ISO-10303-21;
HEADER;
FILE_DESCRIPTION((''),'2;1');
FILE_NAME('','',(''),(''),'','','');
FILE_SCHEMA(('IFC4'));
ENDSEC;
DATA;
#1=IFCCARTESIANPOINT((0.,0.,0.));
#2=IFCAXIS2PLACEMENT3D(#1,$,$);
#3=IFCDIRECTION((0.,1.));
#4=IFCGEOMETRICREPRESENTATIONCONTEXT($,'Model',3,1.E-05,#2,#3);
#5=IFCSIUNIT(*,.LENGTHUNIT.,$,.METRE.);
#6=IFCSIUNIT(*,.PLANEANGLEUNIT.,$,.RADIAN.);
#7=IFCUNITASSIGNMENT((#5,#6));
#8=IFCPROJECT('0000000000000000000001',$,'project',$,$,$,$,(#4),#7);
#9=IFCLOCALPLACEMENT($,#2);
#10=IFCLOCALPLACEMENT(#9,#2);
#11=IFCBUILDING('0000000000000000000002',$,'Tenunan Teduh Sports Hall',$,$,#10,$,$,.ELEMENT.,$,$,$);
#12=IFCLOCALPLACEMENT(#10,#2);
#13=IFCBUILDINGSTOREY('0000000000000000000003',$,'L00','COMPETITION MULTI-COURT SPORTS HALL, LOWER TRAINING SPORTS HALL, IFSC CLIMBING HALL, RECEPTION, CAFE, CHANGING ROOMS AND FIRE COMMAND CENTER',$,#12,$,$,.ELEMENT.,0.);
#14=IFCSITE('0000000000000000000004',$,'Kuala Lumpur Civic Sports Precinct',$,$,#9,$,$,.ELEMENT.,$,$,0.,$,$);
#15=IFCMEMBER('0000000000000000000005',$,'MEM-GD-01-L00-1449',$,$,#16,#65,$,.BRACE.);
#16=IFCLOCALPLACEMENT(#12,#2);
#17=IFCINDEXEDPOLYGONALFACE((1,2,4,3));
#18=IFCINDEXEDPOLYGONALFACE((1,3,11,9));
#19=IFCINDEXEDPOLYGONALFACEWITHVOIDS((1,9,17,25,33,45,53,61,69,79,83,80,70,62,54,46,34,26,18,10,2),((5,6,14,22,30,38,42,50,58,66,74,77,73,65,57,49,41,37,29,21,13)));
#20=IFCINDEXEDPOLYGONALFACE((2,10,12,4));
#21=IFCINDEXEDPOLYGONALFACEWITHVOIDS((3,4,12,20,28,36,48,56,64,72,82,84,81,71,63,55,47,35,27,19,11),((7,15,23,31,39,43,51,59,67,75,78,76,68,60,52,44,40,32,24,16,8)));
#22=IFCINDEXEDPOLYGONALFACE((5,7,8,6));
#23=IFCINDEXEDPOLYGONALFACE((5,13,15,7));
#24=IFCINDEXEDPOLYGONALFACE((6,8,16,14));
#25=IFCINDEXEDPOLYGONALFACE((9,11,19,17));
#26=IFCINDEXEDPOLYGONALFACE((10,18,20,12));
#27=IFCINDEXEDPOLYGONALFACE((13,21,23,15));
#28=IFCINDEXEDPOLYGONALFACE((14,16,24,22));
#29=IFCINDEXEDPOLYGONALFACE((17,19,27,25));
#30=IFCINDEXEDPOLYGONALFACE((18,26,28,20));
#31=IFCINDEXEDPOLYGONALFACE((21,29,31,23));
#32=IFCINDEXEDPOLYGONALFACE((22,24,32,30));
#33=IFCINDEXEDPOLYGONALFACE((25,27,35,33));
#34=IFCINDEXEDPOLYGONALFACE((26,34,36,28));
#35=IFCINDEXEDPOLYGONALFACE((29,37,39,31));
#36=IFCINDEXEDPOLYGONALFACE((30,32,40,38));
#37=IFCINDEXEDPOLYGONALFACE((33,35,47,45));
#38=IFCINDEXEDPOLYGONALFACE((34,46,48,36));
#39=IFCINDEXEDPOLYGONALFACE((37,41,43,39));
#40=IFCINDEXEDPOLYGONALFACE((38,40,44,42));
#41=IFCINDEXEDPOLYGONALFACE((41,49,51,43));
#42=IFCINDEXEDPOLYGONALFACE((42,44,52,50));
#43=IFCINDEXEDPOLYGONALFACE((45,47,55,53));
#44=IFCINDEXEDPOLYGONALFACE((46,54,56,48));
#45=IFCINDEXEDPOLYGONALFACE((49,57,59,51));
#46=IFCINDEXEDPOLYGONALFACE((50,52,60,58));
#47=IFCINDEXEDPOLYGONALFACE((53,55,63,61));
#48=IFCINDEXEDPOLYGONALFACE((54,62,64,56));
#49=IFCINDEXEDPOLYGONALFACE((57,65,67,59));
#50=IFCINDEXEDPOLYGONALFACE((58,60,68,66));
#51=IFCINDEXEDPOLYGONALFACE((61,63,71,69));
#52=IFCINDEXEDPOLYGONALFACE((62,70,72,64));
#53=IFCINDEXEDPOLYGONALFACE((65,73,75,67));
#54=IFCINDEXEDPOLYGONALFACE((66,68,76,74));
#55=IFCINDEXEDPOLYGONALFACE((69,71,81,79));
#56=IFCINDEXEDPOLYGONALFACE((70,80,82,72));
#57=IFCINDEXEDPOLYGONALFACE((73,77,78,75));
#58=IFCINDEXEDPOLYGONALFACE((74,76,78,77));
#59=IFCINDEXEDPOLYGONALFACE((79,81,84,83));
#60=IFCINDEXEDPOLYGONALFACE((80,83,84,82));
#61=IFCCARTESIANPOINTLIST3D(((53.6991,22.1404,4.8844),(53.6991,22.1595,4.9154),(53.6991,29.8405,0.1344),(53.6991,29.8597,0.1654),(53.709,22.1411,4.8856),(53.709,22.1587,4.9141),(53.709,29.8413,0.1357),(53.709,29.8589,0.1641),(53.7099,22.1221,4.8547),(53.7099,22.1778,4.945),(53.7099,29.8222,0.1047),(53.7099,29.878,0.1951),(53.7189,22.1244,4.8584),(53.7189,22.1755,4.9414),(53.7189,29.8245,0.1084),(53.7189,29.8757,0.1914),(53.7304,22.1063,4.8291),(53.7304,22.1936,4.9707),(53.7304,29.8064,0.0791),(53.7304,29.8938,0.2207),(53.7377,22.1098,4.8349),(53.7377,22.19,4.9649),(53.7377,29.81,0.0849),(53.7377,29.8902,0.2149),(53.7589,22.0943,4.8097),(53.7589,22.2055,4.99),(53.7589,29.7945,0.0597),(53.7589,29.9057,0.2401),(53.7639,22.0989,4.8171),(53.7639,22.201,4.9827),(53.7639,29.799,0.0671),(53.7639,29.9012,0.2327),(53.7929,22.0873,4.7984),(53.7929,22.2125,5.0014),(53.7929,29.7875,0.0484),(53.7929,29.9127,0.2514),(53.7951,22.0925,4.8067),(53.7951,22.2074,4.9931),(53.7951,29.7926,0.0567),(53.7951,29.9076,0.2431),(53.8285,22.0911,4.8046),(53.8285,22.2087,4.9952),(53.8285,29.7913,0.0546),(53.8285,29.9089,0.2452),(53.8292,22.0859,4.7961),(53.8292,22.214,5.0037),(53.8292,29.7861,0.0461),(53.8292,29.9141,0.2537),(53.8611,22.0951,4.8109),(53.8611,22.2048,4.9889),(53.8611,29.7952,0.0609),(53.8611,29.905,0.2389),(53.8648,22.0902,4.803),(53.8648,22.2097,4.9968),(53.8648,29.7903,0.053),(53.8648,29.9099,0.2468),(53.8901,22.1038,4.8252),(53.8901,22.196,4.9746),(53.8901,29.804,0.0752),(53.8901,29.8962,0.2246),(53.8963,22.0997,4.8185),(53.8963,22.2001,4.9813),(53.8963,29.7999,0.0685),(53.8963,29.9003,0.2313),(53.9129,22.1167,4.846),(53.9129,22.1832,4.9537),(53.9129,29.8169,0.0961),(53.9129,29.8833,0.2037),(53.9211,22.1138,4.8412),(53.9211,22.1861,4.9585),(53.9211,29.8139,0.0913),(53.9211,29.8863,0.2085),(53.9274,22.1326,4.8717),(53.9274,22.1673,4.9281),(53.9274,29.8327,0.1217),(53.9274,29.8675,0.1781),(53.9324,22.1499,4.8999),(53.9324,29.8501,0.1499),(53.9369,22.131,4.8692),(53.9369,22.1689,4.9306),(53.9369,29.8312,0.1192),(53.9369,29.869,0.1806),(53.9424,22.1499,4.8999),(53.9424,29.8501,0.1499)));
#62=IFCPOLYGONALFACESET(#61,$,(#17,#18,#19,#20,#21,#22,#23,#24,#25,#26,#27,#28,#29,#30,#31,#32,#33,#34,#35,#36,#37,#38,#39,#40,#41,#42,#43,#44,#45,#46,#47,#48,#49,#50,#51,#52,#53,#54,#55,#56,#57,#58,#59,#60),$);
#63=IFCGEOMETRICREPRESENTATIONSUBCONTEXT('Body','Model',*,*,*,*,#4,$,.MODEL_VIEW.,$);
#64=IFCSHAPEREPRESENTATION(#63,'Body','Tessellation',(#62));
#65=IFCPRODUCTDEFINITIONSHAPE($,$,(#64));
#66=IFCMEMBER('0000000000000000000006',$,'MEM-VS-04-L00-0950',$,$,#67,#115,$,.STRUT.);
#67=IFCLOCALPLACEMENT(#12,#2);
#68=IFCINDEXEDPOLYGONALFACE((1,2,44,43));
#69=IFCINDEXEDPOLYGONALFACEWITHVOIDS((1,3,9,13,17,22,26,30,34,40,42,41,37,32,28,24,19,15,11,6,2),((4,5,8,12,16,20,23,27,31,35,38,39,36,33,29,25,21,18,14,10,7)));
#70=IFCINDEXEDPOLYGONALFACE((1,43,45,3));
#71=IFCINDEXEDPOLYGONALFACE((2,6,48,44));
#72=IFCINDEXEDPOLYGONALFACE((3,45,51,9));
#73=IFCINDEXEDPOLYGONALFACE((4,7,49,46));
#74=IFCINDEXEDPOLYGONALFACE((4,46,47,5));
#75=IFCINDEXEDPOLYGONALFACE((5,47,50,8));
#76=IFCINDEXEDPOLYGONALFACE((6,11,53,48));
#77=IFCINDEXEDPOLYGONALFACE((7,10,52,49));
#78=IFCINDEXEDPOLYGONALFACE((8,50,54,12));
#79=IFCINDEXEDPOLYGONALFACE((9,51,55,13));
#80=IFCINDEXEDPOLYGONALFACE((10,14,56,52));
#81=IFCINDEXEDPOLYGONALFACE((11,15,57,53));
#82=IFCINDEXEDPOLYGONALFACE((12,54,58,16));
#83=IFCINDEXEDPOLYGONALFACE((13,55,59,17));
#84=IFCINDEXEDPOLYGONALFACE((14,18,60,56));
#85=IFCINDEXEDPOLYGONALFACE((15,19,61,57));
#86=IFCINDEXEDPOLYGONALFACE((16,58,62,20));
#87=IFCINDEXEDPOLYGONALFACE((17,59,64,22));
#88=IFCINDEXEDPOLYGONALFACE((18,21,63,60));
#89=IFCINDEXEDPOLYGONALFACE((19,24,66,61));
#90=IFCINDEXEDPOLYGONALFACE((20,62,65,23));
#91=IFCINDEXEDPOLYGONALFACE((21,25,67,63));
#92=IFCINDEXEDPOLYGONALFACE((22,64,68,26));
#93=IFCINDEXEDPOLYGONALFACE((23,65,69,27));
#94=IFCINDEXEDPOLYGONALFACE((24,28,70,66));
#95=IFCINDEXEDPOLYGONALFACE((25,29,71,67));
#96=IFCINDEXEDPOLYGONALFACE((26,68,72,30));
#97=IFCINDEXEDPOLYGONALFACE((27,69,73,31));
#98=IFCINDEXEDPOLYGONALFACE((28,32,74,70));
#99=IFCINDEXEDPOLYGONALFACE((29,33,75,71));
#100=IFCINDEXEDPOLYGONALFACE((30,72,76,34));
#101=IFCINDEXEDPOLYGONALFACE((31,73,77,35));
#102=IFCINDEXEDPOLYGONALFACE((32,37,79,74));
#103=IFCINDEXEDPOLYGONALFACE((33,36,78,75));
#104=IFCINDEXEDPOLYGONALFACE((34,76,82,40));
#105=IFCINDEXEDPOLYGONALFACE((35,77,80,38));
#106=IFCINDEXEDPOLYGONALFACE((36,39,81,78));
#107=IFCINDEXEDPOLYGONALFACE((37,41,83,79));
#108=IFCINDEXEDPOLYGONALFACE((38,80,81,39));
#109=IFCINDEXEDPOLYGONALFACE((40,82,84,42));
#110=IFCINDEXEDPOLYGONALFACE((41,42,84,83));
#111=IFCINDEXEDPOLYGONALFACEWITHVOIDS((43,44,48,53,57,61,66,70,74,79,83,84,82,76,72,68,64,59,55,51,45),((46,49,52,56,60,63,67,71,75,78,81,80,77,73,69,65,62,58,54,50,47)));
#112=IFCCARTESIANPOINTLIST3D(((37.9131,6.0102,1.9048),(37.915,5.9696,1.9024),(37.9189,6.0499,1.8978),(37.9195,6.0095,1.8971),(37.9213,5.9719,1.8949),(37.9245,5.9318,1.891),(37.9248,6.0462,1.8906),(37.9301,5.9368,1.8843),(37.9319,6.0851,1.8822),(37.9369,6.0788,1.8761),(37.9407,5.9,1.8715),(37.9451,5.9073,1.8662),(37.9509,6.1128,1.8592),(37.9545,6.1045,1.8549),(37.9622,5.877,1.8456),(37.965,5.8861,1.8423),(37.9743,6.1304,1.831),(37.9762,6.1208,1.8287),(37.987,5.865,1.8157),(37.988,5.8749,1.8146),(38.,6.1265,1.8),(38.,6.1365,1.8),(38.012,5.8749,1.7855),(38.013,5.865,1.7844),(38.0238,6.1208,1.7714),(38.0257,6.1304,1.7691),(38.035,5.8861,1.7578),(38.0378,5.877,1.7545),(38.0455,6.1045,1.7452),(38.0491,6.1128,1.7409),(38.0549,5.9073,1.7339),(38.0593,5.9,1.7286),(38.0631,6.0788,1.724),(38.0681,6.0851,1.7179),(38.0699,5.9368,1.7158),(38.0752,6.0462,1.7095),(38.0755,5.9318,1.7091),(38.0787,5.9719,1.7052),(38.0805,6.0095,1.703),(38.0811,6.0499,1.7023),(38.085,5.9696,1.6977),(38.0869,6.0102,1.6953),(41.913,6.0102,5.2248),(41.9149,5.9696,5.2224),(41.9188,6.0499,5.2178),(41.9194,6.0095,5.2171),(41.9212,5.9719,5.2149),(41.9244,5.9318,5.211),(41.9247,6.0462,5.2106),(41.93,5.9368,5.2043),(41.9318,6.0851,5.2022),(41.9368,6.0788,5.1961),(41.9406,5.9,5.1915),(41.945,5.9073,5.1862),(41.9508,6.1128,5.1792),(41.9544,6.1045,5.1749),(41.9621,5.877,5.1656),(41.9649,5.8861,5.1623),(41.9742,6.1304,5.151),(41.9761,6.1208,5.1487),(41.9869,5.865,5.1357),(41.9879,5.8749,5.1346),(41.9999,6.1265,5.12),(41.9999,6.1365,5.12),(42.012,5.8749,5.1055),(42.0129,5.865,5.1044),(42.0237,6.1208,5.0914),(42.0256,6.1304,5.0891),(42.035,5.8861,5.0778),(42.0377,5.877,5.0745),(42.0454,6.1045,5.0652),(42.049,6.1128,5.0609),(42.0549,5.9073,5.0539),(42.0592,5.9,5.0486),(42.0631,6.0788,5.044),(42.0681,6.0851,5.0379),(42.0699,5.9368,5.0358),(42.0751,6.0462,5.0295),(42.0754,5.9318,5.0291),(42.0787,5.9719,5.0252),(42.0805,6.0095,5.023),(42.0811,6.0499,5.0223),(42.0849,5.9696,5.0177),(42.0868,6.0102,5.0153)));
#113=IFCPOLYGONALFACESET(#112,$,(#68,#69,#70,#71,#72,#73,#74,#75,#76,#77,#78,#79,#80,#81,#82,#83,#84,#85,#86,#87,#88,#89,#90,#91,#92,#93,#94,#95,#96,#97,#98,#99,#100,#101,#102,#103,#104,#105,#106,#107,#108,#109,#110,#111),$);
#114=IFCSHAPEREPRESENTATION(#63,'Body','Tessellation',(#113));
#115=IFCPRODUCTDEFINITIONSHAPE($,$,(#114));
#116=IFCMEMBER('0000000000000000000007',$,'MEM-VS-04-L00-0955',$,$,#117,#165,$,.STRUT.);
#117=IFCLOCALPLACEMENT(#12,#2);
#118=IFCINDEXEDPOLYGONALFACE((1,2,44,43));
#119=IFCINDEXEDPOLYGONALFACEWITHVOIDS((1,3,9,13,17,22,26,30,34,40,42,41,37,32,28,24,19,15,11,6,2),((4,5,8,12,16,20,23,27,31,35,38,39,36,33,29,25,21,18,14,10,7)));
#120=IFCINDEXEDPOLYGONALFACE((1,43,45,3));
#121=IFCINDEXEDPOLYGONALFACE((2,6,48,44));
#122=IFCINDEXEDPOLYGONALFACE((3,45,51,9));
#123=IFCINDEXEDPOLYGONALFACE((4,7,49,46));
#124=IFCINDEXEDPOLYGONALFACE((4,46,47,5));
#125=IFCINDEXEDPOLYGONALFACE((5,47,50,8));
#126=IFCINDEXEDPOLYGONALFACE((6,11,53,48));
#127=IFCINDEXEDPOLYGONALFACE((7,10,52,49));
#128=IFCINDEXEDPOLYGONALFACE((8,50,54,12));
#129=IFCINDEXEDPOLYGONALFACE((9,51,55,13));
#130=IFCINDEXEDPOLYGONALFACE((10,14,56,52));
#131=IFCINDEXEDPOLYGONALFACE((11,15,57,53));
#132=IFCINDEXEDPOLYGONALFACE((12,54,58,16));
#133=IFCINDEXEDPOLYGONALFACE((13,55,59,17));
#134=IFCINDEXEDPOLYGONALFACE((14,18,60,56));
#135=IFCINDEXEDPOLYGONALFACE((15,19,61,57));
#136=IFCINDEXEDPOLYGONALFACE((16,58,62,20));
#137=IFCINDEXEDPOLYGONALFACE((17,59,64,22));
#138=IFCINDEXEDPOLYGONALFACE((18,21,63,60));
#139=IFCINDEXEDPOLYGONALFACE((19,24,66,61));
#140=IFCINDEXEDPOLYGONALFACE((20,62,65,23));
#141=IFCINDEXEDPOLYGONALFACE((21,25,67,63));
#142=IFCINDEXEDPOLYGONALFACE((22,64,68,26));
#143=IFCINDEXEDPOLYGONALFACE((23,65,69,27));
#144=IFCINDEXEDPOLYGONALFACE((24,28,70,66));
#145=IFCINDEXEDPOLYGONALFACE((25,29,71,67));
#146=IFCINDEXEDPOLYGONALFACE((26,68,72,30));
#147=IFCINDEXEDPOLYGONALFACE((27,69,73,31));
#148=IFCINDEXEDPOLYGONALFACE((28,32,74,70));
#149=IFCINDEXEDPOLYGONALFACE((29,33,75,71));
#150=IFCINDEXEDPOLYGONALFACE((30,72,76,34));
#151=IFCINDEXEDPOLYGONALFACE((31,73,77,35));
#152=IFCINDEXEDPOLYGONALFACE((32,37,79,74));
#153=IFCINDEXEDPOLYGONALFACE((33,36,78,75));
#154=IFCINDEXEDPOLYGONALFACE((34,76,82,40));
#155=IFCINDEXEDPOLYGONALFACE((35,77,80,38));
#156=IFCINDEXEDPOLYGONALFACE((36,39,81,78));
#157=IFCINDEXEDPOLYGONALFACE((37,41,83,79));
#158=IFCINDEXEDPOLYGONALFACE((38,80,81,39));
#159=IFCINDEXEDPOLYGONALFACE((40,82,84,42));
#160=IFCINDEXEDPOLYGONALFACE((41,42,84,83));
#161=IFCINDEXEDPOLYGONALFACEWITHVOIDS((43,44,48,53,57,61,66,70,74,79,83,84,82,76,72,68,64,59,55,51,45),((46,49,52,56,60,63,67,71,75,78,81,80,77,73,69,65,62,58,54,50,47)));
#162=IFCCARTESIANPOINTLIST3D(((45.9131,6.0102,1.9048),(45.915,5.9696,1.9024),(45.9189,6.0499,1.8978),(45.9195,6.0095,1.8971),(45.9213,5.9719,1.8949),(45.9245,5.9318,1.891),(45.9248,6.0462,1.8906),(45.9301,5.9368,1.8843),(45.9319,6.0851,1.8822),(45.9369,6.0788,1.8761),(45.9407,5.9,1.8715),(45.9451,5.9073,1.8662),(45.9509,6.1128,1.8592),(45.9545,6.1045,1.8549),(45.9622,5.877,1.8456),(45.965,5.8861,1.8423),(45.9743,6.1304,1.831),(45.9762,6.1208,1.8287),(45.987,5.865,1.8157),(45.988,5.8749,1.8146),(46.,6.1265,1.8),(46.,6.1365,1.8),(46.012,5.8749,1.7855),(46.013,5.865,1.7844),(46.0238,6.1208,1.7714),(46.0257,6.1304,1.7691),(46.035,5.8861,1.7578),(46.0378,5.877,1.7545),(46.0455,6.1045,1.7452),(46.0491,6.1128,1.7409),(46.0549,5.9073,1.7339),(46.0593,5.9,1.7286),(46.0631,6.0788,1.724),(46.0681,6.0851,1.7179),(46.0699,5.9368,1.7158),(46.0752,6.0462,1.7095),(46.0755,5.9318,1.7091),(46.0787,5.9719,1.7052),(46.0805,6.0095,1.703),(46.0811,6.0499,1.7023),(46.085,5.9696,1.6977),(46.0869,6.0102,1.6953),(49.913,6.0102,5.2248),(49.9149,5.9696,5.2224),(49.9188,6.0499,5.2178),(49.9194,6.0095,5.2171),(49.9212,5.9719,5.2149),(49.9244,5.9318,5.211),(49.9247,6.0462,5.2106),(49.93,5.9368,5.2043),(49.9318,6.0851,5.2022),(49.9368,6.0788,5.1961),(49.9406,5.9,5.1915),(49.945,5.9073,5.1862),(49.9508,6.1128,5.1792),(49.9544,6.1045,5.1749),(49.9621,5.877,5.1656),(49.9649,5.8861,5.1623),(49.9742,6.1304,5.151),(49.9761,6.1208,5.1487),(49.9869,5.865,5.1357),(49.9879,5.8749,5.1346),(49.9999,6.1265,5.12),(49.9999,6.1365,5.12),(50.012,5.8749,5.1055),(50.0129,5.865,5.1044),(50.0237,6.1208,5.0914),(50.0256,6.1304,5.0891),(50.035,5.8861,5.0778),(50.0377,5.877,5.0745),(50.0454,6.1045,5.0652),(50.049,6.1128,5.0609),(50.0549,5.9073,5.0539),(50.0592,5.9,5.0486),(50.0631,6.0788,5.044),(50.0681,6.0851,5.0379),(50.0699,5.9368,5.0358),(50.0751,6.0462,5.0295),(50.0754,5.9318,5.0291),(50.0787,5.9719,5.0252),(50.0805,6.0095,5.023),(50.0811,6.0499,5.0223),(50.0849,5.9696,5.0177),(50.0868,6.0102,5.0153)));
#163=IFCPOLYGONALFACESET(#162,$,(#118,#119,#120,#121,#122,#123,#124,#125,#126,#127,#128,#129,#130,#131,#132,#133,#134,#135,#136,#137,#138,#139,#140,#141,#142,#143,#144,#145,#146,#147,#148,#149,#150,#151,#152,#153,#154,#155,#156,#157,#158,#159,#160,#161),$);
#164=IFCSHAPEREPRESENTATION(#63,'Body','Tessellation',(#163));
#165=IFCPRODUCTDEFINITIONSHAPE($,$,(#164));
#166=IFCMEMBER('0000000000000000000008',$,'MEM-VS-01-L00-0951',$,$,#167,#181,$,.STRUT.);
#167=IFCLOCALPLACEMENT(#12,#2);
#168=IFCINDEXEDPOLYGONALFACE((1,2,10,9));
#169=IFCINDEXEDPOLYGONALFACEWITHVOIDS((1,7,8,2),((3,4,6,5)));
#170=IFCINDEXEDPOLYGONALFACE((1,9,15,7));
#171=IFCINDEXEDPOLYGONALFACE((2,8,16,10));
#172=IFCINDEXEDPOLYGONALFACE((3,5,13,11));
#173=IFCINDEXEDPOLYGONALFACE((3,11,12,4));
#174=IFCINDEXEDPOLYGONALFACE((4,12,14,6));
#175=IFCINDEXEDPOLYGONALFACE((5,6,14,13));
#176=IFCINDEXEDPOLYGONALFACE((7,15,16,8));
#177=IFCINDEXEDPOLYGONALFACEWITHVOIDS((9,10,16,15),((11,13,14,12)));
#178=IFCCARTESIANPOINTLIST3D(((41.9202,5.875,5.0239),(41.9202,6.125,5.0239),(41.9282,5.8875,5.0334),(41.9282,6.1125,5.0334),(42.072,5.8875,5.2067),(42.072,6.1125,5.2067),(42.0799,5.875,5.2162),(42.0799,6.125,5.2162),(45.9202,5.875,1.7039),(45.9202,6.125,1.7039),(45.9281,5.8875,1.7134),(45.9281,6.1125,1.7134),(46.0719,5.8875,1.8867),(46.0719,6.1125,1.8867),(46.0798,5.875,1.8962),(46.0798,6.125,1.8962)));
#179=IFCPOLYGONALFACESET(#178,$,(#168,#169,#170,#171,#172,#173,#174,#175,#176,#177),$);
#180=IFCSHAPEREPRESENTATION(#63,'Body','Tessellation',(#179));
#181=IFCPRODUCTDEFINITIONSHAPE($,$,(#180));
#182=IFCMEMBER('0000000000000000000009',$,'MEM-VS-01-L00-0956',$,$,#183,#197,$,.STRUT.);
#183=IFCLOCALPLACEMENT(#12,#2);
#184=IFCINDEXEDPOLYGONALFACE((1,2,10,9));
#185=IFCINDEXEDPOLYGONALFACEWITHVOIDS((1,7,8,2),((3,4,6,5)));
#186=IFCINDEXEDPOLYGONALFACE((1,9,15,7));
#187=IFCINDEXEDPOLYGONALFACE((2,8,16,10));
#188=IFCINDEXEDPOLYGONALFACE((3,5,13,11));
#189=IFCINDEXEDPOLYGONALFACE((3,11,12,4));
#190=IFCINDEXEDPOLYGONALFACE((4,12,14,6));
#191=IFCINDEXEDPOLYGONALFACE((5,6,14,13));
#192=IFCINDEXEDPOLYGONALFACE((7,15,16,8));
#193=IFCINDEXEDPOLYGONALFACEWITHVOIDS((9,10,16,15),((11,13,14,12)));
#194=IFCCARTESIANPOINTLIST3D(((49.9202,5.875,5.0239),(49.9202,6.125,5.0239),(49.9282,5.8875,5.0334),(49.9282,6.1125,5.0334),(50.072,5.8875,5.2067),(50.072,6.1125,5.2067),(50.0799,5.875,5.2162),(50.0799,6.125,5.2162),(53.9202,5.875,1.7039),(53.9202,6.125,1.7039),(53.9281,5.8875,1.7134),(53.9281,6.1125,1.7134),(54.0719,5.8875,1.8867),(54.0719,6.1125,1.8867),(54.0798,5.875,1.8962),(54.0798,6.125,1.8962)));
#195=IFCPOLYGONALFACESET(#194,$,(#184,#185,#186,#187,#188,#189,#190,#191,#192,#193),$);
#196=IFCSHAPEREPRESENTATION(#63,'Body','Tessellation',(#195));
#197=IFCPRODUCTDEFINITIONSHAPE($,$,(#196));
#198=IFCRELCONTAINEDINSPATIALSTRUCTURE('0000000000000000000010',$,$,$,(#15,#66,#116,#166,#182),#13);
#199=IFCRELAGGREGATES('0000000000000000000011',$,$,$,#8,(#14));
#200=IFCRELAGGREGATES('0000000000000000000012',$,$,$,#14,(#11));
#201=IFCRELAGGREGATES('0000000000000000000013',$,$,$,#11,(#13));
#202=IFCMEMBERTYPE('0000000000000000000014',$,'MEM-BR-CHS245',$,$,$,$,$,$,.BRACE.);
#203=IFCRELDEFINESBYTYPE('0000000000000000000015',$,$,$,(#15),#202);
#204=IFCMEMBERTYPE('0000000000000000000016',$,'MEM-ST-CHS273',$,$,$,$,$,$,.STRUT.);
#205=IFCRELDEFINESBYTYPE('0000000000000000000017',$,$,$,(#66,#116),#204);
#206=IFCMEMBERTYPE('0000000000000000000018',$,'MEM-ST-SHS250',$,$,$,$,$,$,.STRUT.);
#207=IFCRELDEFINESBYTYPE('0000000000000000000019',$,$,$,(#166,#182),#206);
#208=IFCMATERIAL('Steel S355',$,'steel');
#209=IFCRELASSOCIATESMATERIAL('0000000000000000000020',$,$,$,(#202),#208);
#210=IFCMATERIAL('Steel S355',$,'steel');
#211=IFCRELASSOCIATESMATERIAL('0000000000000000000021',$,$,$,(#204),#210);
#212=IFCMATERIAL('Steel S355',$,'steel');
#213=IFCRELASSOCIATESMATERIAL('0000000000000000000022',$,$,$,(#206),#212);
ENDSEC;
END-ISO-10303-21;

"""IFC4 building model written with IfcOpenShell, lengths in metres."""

from ifc_helpers import new_model, si_unit, direction, frame, origin, origin_2d, place, context, subcontext, project, spatial, hollow_rectangle, hollow_circle, extrude, material, material_profile, profile_set, type_object, element, save


model = new_model("IFC4")

# Units and contexts
model_context = context("Model", 3, precision=1e-05, world=origin(), true_north=direction((0.0, 1.0)))
body_context = subcontext(model_context, "Body", "Model", "MODEL_VIEW")
ifc_project = project(units=[si_unit("LENGTHUNIT", "METRE"), si_unit("PLANEANGLEUNIT", "RADIAN")], contexts=[model_context])

# Site, building, storey
site_placement = place(None, origin())
site = spatial("IfcSite", under=ifc_project, at=site_placement, Name="Kuala Lumpur Civic Sports Precinct", CompositionType="ELEMENT", RefElevation=0.0)
building_placement = place(site_placement, origin())
building = spatial("IfcBuilding", under=site, at=building_placement, Name="Tenunan Teduh Sports Hall", CompositionType="ELEMENT")
storey_placement = place(building_placement, origin())
storey = spatial("IfcBuildingStorey", under=building, at=storey_placement, Name="L00", Description="COMPETITION MULTI-COURT SPORTS HALL, LOWER TRAINING SPORTS HALL, IFSC CLIMBING HALL, RECEPTION, CAFE, CHANGING ROOMS AND FIRE COMMAND CENTER", CompositionType="ELEMENT", Elevation=0.0)

# Members
ifc_material_1 = material(Name="Steel S355", Category="steel")
ifc_material_profile_1 = material_profile(ifc_material_1, hollow_circle(Radius=0.1223, WallThickness=0.01, at=origin_2d()), Name="CHS 244.5x10.0")
ifc_profile_set_1 = profile_set([ifc_material_profile_1], Name="Steel S355")
member_type_1 = type_object("IfcMemberType", Name="MEM-BR-CHS245", PredefinedType="BRACE", material=ifc_profile_set_1)
member_placement = place(storey_placement, frame((53.8201, 29.8501, 0.1499), z_axis=(0.0, -0.851095, 0.525013), x_axis=(1.0, 0.0, 0.0)))
element("IfcMember", 1, at=member_placement, inside=storey, type_object=member_type_1, Name="MEM-GD-01-L00-1449", PredefinedType="BRACE", context=body_context, shape_type="SweptSolid", body=[
    extrude(hollow_circle(Radius=0.1223, WallThickness=0.01, at=origin_2d()), origin(), (0.0, 0.0, 1.0), 9.0474),
])
ifc_material_2 = material(Name="Steel S355", Category="steel")
ifc_material_profile_2 = material_profile(ifc_material_2, hollow_circle(Radius=0.1365, WallThickness=0.01, at=origin_2d()), Name="CHS 273.0x10.0")
ifc_profile_set_2 = profile_set([ifc_material_profile_2], Name="Steel S355")
member_type_2 = type_object("IfcMemberType", Name="MEM-ST-CHS273", PredefinedType="STRUT", material=ifc_profile_set_2)
for number, where, z_axis, x_axis, name in (
    (2, (38.0, 6.0, 1.8), (0.769475, 0.0, 0.638677), (0.0, 1.0, 0.0), "MEM-VS-04-L00-0950"),
    (3, (46.0, 6.0, 1.8), (0.769475, 0.0, 0.638677), (0.0, 1.0, 0.0), "MEM-VS-04-L00-0955"),
):
    element("IfcMember", number, at=place(storey_placement, frame(where, z_axis=z_axis, x_axis=x_axis)), inside=storey, type_object=member_type_2, Name=name, PredefinedType="STRUT", context=body_context, shape_type="SweptSolid", body=[
        extrude(hollow_circle(Radius=0.1365, WallThickness=0.01, at=origin_2d()), origin(), (0.0, 0.0, 1.0), 5.1982),
    ])
ifc_material_3 = material(Name="Steel S355", Category="steel")
ifc_material_profile_3 = material_profile(ifc_material_3, hollow_rectangle(XDim=0.25, YDim=0.25, WallThickness=0.0125, at=origin_2d()), Name="SHS 250x250x12.5")
ifc_profile_set_3 = profile_set([ifc_material_profile_3], Name="Steel S355")
member_type_3 = type_object("IfcMemberType", Name="MEM-ST-SHS250", PredefinedType="STRUT", material=ifc_profile_set_3)
for number, where, z_axis, x_axis, name in (
    (4, (46.0, 6.0, 1.8), (-0.769475, 0.0, 0.638677), (0.0, -1.0, 0.0), "MEM-VS-01-L00-0951"),
    (5, (54.0, 6.0, 1.8), (-0.769475, 0.0, 0.638677), (0.0, -1.0, 0.0), "MEM-VS-01-L00-0956"),
):
    element("IfcMember", number, at=place(storey_placement, frame(where, z_axis=z_axis, x_axis=x_axis)), inside=storey, type_object=member_type_3, Name=name, PredefinedType="STRUT", context=body_context, shape_type="SweptSolid", body=[
        extrude(hollow_rectangle(XDim=0.25, YDim=0.25, WallThickness=0.0125, at=origin_2d()), origin(), (0.0, 0.0, 1.0), 5.1982),
    ])

save(model, "model.ifc")
